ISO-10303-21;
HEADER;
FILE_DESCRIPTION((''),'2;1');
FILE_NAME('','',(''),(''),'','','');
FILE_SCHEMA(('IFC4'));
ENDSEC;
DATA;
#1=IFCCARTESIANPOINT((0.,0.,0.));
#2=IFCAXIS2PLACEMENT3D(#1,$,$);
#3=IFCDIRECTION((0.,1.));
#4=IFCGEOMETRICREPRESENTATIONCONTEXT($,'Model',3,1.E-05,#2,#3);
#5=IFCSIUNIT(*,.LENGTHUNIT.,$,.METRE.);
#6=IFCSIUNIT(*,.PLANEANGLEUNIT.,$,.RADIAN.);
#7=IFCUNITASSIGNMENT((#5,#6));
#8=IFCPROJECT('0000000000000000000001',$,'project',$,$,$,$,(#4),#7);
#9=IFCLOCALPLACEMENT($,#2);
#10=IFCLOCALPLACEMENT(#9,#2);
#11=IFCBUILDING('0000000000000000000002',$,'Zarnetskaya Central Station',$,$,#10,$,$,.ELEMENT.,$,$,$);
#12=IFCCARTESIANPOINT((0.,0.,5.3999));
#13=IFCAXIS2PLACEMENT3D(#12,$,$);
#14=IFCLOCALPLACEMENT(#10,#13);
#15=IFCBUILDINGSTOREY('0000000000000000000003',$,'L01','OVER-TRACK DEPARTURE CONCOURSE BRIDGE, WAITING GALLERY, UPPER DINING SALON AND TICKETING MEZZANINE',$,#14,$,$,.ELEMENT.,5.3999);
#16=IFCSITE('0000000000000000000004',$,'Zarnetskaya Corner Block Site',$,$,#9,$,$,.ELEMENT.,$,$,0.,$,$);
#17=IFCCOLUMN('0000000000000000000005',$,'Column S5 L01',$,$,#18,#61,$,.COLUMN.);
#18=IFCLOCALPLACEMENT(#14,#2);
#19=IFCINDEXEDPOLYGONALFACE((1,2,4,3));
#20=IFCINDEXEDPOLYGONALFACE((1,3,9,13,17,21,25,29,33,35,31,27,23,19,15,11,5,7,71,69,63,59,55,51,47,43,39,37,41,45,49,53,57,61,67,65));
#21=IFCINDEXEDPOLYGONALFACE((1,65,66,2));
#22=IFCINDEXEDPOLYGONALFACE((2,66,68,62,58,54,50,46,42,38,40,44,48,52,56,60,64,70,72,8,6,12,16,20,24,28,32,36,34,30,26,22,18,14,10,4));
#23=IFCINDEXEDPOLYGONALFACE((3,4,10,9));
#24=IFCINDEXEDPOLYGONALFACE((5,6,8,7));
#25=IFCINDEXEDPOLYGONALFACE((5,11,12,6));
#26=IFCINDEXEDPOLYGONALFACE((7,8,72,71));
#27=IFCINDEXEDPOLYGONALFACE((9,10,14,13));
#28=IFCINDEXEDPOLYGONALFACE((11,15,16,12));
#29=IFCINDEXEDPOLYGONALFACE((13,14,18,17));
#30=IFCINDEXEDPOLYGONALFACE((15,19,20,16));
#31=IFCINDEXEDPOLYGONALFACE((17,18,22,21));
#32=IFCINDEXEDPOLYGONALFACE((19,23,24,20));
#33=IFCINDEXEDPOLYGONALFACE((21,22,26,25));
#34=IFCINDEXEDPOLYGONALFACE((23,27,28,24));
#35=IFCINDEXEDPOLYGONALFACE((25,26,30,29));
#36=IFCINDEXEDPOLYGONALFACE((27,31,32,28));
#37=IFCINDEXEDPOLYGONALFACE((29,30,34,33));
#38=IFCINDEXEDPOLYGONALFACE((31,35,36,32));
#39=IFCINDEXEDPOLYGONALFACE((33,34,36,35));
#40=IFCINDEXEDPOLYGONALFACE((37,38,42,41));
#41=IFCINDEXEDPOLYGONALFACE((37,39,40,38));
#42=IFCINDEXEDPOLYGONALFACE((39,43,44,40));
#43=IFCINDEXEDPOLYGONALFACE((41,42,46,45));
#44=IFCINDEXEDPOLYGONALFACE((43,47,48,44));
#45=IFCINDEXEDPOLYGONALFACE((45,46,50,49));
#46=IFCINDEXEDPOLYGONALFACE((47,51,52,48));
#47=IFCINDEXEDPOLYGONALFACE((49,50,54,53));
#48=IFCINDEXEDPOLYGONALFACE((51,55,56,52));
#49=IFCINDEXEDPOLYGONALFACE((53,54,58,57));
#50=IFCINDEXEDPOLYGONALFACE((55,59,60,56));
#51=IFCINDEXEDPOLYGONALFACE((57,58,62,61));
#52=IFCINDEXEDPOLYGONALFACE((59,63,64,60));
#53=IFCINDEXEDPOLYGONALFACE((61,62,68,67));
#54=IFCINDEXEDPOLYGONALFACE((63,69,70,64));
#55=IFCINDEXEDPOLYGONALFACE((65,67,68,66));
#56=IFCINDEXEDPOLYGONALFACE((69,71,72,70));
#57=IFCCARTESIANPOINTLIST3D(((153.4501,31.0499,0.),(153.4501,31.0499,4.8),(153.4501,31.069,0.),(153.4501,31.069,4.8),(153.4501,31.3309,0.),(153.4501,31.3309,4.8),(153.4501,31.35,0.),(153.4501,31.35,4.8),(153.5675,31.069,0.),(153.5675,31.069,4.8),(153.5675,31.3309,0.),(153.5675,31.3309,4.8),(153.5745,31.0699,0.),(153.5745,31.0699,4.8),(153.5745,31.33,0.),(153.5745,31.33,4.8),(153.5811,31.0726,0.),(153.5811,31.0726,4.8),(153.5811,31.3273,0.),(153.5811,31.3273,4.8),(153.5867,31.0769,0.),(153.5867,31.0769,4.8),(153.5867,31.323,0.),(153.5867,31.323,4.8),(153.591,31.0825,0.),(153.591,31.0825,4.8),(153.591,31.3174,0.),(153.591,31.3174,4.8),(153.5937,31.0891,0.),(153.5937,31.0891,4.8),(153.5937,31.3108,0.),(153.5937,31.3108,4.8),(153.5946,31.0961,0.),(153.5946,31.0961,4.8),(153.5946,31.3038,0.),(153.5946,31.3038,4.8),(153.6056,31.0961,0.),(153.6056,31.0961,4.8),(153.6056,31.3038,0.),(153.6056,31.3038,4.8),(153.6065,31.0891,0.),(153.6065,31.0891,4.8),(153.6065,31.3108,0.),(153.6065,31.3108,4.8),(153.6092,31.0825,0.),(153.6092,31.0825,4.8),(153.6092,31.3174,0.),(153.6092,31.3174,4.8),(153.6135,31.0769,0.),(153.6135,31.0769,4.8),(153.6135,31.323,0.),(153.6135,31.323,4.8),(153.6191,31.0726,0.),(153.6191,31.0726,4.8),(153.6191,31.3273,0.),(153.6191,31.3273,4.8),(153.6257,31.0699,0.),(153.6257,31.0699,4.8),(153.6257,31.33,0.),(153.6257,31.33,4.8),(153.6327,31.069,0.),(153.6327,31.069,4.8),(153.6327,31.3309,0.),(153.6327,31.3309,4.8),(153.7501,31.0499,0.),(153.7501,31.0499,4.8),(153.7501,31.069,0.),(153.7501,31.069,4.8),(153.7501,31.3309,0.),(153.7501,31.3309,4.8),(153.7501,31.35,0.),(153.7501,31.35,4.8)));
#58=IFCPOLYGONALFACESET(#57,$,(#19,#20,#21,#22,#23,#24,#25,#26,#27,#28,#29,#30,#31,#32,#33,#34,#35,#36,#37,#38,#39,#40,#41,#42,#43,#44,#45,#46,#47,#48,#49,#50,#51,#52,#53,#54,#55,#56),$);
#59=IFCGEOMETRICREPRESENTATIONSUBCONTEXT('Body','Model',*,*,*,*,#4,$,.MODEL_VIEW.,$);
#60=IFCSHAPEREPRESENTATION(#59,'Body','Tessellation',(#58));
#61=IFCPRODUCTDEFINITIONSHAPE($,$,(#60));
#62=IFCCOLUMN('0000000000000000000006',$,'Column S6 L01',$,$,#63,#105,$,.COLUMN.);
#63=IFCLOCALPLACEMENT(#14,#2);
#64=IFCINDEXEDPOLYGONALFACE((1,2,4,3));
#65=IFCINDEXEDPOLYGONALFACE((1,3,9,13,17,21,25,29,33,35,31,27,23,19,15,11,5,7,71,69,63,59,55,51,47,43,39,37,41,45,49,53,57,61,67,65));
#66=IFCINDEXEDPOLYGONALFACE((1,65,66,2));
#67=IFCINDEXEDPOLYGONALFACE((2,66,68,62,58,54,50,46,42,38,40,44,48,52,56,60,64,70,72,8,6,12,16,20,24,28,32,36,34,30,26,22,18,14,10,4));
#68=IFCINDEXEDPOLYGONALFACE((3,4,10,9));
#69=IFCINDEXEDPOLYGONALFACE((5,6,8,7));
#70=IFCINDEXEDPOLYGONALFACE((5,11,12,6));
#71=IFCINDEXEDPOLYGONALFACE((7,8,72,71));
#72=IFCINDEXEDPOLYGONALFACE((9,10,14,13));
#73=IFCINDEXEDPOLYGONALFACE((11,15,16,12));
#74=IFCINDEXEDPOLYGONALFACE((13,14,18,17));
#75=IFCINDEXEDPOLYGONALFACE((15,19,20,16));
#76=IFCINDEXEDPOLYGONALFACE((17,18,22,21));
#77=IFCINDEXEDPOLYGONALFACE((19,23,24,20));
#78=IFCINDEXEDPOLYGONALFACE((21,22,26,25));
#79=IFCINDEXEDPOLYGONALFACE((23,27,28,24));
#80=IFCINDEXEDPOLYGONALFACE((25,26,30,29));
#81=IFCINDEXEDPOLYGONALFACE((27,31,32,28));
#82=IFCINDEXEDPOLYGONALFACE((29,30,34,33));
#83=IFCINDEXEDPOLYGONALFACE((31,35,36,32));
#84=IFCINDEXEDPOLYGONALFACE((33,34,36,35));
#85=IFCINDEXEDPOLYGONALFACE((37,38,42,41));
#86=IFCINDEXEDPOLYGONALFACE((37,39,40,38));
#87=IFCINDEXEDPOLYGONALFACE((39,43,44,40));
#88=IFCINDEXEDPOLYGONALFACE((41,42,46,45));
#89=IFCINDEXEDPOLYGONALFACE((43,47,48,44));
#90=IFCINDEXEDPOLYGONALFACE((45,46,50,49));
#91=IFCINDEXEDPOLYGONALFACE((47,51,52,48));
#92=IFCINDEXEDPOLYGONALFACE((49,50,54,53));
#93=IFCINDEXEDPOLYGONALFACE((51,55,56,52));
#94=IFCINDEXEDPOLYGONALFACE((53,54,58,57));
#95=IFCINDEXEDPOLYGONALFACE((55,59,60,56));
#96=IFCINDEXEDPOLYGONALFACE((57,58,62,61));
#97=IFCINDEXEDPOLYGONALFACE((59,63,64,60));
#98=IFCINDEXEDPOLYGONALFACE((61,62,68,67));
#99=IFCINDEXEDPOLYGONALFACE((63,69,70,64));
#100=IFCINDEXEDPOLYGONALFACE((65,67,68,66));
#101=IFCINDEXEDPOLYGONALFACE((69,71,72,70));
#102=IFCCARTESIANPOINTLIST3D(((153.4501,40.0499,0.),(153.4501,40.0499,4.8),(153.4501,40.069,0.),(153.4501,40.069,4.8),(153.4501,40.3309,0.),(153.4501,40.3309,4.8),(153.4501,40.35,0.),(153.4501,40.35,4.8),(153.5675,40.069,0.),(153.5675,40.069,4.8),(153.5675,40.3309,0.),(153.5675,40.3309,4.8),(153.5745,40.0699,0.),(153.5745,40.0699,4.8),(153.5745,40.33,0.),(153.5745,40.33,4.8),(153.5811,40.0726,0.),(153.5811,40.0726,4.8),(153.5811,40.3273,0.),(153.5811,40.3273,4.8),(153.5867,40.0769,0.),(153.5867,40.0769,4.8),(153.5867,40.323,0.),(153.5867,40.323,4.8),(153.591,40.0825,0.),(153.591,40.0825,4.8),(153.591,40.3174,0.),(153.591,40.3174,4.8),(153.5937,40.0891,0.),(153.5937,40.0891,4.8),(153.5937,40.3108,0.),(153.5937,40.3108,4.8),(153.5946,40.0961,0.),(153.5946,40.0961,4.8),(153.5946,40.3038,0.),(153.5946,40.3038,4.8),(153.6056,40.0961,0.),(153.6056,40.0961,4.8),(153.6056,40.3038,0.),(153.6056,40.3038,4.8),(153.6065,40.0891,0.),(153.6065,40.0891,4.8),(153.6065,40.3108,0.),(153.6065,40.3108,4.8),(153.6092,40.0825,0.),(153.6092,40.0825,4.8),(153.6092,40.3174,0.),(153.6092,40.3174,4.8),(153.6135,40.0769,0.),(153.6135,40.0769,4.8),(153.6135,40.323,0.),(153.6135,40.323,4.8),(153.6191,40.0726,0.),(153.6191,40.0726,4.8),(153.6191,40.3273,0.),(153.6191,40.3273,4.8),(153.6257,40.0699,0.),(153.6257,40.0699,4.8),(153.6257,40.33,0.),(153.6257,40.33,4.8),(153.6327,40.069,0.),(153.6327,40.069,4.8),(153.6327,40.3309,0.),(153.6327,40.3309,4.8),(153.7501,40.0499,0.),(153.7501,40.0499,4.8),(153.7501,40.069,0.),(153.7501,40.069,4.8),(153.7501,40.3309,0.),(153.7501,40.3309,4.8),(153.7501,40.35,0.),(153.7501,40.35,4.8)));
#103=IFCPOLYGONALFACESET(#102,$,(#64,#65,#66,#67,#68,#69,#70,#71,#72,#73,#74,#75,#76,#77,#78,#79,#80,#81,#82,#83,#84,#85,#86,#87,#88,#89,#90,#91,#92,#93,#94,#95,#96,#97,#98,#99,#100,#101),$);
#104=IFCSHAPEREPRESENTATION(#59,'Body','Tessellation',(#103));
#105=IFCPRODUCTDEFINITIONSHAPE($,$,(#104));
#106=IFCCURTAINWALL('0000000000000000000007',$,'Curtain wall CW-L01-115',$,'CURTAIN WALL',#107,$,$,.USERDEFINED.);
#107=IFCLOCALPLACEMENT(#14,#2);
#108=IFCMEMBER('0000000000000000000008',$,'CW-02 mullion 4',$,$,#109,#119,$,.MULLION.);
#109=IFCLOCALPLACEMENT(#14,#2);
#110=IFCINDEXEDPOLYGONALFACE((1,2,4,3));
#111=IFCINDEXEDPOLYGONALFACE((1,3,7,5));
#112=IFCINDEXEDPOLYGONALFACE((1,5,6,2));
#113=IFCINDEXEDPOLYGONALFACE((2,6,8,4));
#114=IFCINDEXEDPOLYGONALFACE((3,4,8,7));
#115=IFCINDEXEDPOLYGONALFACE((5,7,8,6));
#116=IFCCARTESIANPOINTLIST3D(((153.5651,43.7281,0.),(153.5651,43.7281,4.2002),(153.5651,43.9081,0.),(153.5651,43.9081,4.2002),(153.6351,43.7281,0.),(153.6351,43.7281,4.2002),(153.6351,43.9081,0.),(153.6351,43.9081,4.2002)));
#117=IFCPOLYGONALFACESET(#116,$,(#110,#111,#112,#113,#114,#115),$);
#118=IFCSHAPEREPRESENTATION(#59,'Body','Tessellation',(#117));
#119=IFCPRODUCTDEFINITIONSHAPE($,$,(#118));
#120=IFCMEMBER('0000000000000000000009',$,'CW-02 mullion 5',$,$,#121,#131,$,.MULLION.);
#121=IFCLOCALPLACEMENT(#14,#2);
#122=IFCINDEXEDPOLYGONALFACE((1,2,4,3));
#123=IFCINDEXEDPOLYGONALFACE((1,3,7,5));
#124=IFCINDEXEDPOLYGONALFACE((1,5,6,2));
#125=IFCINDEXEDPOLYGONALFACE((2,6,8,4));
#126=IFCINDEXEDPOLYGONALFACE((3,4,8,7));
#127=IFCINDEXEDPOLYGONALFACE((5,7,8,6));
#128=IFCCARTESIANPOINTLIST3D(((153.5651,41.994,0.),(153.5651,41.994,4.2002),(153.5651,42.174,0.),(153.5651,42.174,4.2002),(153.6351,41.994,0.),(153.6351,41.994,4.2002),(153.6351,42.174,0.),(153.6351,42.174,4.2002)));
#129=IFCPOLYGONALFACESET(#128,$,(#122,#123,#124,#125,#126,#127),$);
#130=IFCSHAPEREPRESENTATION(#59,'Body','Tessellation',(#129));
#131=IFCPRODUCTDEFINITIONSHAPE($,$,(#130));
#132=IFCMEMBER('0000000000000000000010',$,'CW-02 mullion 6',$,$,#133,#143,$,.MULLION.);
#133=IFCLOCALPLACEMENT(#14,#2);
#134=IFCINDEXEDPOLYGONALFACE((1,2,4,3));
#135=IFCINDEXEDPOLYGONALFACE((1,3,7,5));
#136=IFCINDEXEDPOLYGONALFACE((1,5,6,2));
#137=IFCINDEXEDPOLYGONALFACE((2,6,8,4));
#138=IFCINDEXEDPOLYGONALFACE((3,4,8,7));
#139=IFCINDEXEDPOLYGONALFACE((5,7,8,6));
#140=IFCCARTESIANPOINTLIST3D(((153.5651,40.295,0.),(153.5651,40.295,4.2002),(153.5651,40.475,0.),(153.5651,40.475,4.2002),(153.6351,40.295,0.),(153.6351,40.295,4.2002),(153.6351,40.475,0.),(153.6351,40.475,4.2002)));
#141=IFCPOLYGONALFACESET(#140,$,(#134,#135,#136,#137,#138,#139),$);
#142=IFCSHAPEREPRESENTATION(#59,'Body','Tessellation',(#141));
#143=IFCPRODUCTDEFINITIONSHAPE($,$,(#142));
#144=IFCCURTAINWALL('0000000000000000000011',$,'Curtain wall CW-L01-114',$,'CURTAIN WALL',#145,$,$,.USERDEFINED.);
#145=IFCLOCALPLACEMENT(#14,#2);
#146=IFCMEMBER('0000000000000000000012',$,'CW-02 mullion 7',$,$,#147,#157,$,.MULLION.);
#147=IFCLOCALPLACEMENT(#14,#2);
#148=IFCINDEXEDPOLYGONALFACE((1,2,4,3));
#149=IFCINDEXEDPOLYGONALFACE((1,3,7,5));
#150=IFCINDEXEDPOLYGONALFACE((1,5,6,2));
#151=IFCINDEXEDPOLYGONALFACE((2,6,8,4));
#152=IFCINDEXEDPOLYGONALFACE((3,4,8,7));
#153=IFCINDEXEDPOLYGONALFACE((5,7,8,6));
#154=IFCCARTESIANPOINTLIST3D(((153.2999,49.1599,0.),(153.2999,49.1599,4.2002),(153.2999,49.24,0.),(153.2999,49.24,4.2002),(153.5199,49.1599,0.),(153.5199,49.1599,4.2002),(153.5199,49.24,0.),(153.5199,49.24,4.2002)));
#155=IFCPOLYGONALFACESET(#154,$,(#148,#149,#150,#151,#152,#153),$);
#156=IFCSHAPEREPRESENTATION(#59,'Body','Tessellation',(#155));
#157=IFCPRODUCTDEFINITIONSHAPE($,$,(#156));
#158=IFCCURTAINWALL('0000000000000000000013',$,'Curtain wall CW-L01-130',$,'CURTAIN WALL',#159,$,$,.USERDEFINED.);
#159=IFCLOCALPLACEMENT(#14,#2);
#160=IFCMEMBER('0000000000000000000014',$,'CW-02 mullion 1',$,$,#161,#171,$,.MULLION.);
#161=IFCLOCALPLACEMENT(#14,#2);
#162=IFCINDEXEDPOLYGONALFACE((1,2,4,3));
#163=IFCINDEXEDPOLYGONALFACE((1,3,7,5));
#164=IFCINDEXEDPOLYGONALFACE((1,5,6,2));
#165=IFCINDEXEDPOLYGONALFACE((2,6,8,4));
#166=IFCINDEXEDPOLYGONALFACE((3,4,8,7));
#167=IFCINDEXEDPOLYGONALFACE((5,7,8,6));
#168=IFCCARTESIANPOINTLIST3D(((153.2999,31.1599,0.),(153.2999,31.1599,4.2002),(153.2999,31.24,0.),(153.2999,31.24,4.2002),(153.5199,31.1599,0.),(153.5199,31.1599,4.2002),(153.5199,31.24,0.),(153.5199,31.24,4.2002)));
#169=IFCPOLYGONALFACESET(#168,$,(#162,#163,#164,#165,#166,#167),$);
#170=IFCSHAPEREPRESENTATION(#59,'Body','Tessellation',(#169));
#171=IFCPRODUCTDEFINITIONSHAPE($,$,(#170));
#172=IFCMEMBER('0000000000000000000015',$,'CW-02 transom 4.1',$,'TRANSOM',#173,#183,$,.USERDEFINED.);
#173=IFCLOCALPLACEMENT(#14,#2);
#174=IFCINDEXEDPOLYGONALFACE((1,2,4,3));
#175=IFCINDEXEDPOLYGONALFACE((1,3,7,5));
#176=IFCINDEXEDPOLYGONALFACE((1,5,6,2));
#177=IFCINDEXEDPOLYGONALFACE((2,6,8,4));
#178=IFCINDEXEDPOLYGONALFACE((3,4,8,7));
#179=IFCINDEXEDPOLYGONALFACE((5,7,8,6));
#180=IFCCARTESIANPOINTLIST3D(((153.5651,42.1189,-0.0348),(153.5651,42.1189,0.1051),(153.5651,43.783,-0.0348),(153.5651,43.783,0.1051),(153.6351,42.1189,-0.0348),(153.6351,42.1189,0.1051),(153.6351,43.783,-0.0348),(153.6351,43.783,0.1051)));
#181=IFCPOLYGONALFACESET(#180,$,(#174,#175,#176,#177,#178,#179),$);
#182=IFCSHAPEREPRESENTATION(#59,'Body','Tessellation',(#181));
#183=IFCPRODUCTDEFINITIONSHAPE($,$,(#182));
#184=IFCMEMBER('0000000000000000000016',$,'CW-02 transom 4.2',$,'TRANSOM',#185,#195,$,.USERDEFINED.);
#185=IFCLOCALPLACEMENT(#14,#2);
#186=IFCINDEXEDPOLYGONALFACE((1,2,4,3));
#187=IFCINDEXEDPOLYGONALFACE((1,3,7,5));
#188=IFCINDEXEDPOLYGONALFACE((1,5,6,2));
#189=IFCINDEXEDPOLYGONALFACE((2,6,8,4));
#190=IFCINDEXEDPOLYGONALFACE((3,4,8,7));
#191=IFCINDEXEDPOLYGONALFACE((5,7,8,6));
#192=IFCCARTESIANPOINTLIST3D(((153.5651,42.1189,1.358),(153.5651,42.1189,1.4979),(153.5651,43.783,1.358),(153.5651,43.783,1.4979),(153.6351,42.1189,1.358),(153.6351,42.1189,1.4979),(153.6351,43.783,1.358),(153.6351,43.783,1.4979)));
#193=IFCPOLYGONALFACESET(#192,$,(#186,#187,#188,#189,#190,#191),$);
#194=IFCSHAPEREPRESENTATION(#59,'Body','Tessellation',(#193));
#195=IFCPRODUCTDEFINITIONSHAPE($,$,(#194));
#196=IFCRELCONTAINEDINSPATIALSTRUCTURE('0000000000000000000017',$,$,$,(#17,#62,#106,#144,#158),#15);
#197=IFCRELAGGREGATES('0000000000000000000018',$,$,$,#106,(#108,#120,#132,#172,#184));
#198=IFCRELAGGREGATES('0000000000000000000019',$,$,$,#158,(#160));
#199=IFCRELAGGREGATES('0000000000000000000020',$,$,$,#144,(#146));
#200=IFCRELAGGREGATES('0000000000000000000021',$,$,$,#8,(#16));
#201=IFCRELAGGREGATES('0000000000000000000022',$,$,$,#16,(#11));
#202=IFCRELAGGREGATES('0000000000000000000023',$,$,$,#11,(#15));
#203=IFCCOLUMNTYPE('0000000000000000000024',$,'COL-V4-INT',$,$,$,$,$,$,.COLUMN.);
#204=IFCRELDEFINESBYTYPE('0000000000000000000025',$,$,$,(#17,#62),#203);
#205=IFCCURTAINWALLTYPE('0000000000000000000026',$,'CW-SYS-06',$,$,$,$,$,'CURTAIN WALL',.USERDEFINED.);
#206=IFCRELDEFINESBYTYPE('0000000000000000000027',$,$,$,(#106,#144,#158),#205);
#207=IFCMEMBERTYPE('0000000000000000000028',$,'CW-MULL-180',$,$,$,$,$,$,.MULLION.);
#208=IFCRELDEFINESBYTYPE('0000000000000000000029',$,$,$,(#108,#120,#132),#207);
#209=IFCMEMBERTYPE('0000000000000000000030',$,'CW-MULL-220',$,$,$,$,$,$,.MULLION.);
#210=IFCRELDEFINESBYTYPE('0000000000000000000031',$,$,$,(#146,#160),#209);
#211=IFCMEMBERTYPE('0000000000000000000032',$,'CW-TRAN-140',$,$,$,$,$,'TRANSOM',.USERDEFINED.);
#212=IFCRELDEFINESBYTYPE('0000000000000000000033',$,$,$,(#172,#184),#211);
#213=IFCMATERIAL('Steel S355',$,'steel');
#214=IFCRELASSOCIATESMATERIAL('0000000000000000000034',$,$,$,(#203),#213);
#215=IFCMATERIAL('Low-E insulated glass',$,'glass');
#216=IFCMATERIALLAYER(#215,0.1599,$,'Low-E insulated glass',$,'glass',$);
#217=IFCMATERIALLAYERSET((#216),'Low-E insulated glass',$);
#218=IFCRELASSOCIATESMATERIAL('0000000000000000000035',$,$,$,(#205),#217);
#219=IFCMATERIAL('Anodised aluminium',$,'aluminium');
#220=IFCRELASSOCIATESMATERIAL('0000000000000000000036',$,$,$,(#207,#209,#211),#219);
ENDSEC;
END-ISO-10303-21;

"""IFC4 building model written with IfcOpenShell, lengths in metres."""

from ifc_helpers import new_model, si_unit, direction, frame, origin, origin_2d, place, context, subcontext, project, spatial, rectangle, i_section, extrude, material, layer, layer_set, material_profile, profile_set, type_object, element, aggregate, save


model = new_model("IFC4")

# Units and contexts
model_context = context("Model", 3, precision=1e-05, world=origin(), true_north=direction((0.0, 1.0)))
body_context = subcontext(model_context, "Body", "Model", "MODEL_VIEW")
ifc_project = project(units=[si_unit("LENGTHUNIT", "METRE"), si_unit("PLANEANGLEUNIT", "RADIAN")], contexts=[model_context])

# Site, building, storey
site_placement = place(None, origin())
site = spatial("IfcSite", under=ifc_project, at=site_placement, Name="Zarnetskaya Corner Block Site", CompositionType="ELEMENT", RefElevation=0.0)
building_placement = place(site_placement, origin())
building = spatial("IfcBuilding", under=site, at=building_placement, Name="Zarnetskaya Central Station", CompositionType="ELEMENT")
storey_placement = place(building_placement, frame((0.0, 0.0, 5.3999)))
storey = spatial("IfcBuildingStorey", under=building, at=storey_placement, Name="L01", Description="OVER-TRACK DEPARTURE CONCOURSE BRIDGE, WAITING GALLERY, UPPER DINING SALON AND TICKETING MEZZANINE", CompositionType="ELEMENT", Elevation=5.3999)

# Columns
ifc_material_1 = material(Name="Steel S355", Category="steel")
ifc_material_profile_1 = material_profile(ifc_material_1, i_section(OverallWidth=0.3, OverallDepth=0.3, WebThickness=0.011, FlangeThickness=0.019, FilletRadius=0.0271, at=origin_2d()), Name="HEB 300")
ifc_profile_set_1 = profile_set([ifc_material_profile_1], Name="Steel S355")
column_type = type_object("IfcColumnType", Name="COL-V4-INT", PredefinedType="COLUMN", material=ifc_profile_set_1)
for number, where, z_axis, x_axis, name in (
    (1, (153.6001, 31.2, 0.0), (0.0, 0.0, 1.0), (1.0, 0.0, 0.0), "Column S5 L01"),
    (2, (153.6001, 40.2, 0.0), (0.0, 0.0, 1.0), (1.0, 0.0, 0.0), "Column S6 L01"),
):
    element("IfcColumn", number, at=place(storey_placement, frame(where, z_axis=z_axis, x_axis=x_axis)), inside=storey, type_object=column_type, Name=name, PredefinedType="COLUMN", context=body_context, shape_type="SweptSolid", body=[
        extrude(i_section(OverallWidth=0.3, OverallDepth=0.3, WebThickness=0.011, FlangeThickness=0.019, FilletRadius=0.0271, at=origin_2d()), origin(), (0.0, 0.0, 1.0), 4.8),
    ])

# Curtain wall, members
ifc_material_2 = material(Name="Low-E insulated glass", Category="glass")
ifc_layer_1 = layer(ifc_material_2, 0.1599, Name="Low-E insulated glass", Category="glass")
ifc_layer_set_1 = layer_set([ifc_layer_1], Name="Low-E insulated glass")
curtain_wall_type = type_object("IfcCurtainWallType", Name="CW-SYS-06", ElementType="CURTAIN WALL", PredefinedType="USERDEFINED", material=ifc_layer_set_1)
curtain_wall_1_placement = place(storey_placement, origin())
curtain_wall_1 = element("IfcCurtainWall", 3, at=curtain_wall_1_placement, inside=storey, type_object=curtain_wall_type, Name="Curtain wall CW-L01-115", ObjectType="CURTAIN WALL", PredefinedType="USERDEFINED")
ifc_material_3 = material(Name="Anodised aluminium", Category="aluminium")
ifc_material_profile_2 = material_profile(ifc_material_3, rectangle(XDim=0.0701, YDim=0.1799, at=origin_2d()), Name="ALU MULL 70x180")
ifc_profile_set_2 = profile_set([ifc_material_profile_2], Name="Anodised aluminium")
member_type_1 = type_object("IfcMemberType", Name="CW-MULL-180", PredefinedType="MULLION", material=ifc_profile_set_2)
member_1_placement = place(storey_placement, frame((153.6001, 43.8181, 0.0), z_axis=(0.0, 0.0, 1.0), x_axis=(1.0, 0.0, 0.0)))
member_1 = element("IfcMember", 4, at=member_1_placement, type_object=member_type_1, Name="CW-02 mullion 4", PredefinedType="MULLION", context=body_context, shape_type="SweptSolid", body=[
    extrude(rectangle(XDim=0.0701, YDim=0.1799, at=origin_2d()), origin(), (0.0, 0.0, 1.0), 4.2002),
])
member_2_placement = place(storey_placement, frame((153.6001, 42.084, 0.0), z_axis=(0.0, 0.0, 1.0), x_axis=(1.0, 0.0, 0.0)))
member_2 = element("IfcMember", 5, at=member_2_placement, type_object=member_type_1, Name="CW-02 mullion 5", PredefinedType="MULLION", context=body_context, shape_type="SweptSolid", body=[
    extrude(rectangle(XDim=0.0701, YDim=0.1799, at=origin_2d()), origin(), (0.0, 0.0, 1.0), 4.2002),
])
member_3_placement = place(storey_placement, frame((153.6001, 40.385, 0.0), z_axis=(0.0, 0.0, 1.0), x_axis=(1.0, 0.0, 0.0)))
member_3 = element("IfcMember", 6, at=member_3_placement, type_object=member_type_1, Name="CW-02 mullion 6", PredefinedType="MULLION", context=body_context, shape_type="SweptSolid", body=[
    extrude(rectangle(XDim=0.0701, YDim=0.1799, at=origin_2d()), origin(), (0.0, 0.0, 1.0), 4.2002),
])

# Curtain walls, members
curtain_wall_2_placement = place(storey_placement, origin())
curtain_wall_2 = element("IfcCurtainWall", 7, at=curtain_wall_2_placement, inside=storey, type_object=curtain_wall_type, Name="Curtain wall CW-L01-114", ObjectType="CURTAIN WALL", PredefinedType="USERDEFINED")
ifc_material_profile_3 = material_profile(ifc_material_3, rectangle(XDim=0.0801, YDim=0.22, at=origin_2d()), Name="ALU MULL 80x220")
ifc_profile_set_3 = profile_set([ifc_material_profile_3], Name="Anodised aluminium")
member_type_2 = type_object("IfcMemberType", Name="CW-MULL-220", PredefinedType="MULLION", material=ifc_profile_set_3)
member_4_placement = place(storey_placement, frame((153.4099, 49.2, 0.0), z_axis=(0.0, 0.0, 1.0), x_axis=(0.0, 1.0, 0.0)))
member_4 = element("IfcMember", 8, at=member_4_placement, type_object=member_type_2, Name="CW-02 mullion 7", PredefinedType="MULLION", context=body_context, shape_type="SweptSolid", body=[
    extrude(rectangle(XDim=0.0801, YDim=0.22, at=origin_2d()), origin(), (0.0, 0.0, 1.0), 4.2002),
])
curtain_wall_3_placement = place(storey_placement, origin())
curtain_wall_3 = element("IfcCurtainWall", 9, at=curtain_wall_3_placement, inside=storey, type_object=curtain_wall_type, Name="Curtain wall CW-L01-130", ObjectType="CURTAIN WALL", PredefinedType="USERDEFINED")
member_5_placement = place(storey_placement, frame((153.4099, 31.2, 0.0), z_axis=(0.0, 0.0, 1.0), x_axis=(0.0, -1.0, 0.0)))
member_5 = element("IfcMember", 10, at=member_5_placement, type_object=member_type_2, Name="CW-02 mullion 1", PredefinedType="MULLION", context=body_context, shape_type="SweptSolid", body=[
    extrude(rectangle(XDim=0.0801, YDim=0.22, at=origin_2d()), origin(), (0.0, 0.0, 1.0), 4.2002),
])

# Members
ifc_material_profile_4 = material_profile(ifc_material_3, rectangle(XDim=0.0701, YDim=0.1399, at=origin_2d()), Name="ALU TRAN 70x140")
ifc_profile_set_4 = profile_set([ifc_material_profile_4], Name="Anodised aluminium")
member_type_3 = type_object("IfcMemberType", Name="CW-TRAN-140", ElementType="TRANSOM", PredefinedType="USERDEFINED", material=ifc_profile_set_4)
member_6_placement = place(storey_placement, frame((153.6001, 43.783, 0.0352), z_axis=(0.0, -1.0, 0.0), x_axis=(1.0, 0.0, 0.0)))
member_6 = element("IfcMember", 11, at=member_6_placement, type_object=member_type_3, Name="CW-02 transom 4.1", ObjectType="TRANSOM", PredefinedType="USERDEFINED", context=body_context, shape_type="SweptSolid", body=[
    extrude(rectangle(XDim=0.0701, YDim=0.1399, at=origin_2d()), origin(), (0.0, 0.0, 1.0), 1.6641),
])
member_7_placement = place(storey_placement, frame((153.6001, 43.783, 1.428), z_axis=(0.0, -1.0, 0.0), x_axis=(1.0, 0.0, 0.0)))
member_7 = element("IfcMember", 12, at=member_7_placement, type_object=member_type_3, Name="CW-02 transom 4.2", ObjectType="TRANSOM", PredefinedType="USERDEFINED", context=body_context, shape_type="SweptSolid", body=[
    extrude(rectangle(XDim=0.0701, YDim=0.1399, at=origin_2d()), origin(), (0.0, 0.0, 1.0), 1.6641),
])

aggregate(curtain_wall_1, [member_1, member_2, member_3, member_6, member_7])
aggregate(curtain_wall_3, [member_5])
aggregate(curtain_wall_2, [member_4])

save(model, "model.ifc")
